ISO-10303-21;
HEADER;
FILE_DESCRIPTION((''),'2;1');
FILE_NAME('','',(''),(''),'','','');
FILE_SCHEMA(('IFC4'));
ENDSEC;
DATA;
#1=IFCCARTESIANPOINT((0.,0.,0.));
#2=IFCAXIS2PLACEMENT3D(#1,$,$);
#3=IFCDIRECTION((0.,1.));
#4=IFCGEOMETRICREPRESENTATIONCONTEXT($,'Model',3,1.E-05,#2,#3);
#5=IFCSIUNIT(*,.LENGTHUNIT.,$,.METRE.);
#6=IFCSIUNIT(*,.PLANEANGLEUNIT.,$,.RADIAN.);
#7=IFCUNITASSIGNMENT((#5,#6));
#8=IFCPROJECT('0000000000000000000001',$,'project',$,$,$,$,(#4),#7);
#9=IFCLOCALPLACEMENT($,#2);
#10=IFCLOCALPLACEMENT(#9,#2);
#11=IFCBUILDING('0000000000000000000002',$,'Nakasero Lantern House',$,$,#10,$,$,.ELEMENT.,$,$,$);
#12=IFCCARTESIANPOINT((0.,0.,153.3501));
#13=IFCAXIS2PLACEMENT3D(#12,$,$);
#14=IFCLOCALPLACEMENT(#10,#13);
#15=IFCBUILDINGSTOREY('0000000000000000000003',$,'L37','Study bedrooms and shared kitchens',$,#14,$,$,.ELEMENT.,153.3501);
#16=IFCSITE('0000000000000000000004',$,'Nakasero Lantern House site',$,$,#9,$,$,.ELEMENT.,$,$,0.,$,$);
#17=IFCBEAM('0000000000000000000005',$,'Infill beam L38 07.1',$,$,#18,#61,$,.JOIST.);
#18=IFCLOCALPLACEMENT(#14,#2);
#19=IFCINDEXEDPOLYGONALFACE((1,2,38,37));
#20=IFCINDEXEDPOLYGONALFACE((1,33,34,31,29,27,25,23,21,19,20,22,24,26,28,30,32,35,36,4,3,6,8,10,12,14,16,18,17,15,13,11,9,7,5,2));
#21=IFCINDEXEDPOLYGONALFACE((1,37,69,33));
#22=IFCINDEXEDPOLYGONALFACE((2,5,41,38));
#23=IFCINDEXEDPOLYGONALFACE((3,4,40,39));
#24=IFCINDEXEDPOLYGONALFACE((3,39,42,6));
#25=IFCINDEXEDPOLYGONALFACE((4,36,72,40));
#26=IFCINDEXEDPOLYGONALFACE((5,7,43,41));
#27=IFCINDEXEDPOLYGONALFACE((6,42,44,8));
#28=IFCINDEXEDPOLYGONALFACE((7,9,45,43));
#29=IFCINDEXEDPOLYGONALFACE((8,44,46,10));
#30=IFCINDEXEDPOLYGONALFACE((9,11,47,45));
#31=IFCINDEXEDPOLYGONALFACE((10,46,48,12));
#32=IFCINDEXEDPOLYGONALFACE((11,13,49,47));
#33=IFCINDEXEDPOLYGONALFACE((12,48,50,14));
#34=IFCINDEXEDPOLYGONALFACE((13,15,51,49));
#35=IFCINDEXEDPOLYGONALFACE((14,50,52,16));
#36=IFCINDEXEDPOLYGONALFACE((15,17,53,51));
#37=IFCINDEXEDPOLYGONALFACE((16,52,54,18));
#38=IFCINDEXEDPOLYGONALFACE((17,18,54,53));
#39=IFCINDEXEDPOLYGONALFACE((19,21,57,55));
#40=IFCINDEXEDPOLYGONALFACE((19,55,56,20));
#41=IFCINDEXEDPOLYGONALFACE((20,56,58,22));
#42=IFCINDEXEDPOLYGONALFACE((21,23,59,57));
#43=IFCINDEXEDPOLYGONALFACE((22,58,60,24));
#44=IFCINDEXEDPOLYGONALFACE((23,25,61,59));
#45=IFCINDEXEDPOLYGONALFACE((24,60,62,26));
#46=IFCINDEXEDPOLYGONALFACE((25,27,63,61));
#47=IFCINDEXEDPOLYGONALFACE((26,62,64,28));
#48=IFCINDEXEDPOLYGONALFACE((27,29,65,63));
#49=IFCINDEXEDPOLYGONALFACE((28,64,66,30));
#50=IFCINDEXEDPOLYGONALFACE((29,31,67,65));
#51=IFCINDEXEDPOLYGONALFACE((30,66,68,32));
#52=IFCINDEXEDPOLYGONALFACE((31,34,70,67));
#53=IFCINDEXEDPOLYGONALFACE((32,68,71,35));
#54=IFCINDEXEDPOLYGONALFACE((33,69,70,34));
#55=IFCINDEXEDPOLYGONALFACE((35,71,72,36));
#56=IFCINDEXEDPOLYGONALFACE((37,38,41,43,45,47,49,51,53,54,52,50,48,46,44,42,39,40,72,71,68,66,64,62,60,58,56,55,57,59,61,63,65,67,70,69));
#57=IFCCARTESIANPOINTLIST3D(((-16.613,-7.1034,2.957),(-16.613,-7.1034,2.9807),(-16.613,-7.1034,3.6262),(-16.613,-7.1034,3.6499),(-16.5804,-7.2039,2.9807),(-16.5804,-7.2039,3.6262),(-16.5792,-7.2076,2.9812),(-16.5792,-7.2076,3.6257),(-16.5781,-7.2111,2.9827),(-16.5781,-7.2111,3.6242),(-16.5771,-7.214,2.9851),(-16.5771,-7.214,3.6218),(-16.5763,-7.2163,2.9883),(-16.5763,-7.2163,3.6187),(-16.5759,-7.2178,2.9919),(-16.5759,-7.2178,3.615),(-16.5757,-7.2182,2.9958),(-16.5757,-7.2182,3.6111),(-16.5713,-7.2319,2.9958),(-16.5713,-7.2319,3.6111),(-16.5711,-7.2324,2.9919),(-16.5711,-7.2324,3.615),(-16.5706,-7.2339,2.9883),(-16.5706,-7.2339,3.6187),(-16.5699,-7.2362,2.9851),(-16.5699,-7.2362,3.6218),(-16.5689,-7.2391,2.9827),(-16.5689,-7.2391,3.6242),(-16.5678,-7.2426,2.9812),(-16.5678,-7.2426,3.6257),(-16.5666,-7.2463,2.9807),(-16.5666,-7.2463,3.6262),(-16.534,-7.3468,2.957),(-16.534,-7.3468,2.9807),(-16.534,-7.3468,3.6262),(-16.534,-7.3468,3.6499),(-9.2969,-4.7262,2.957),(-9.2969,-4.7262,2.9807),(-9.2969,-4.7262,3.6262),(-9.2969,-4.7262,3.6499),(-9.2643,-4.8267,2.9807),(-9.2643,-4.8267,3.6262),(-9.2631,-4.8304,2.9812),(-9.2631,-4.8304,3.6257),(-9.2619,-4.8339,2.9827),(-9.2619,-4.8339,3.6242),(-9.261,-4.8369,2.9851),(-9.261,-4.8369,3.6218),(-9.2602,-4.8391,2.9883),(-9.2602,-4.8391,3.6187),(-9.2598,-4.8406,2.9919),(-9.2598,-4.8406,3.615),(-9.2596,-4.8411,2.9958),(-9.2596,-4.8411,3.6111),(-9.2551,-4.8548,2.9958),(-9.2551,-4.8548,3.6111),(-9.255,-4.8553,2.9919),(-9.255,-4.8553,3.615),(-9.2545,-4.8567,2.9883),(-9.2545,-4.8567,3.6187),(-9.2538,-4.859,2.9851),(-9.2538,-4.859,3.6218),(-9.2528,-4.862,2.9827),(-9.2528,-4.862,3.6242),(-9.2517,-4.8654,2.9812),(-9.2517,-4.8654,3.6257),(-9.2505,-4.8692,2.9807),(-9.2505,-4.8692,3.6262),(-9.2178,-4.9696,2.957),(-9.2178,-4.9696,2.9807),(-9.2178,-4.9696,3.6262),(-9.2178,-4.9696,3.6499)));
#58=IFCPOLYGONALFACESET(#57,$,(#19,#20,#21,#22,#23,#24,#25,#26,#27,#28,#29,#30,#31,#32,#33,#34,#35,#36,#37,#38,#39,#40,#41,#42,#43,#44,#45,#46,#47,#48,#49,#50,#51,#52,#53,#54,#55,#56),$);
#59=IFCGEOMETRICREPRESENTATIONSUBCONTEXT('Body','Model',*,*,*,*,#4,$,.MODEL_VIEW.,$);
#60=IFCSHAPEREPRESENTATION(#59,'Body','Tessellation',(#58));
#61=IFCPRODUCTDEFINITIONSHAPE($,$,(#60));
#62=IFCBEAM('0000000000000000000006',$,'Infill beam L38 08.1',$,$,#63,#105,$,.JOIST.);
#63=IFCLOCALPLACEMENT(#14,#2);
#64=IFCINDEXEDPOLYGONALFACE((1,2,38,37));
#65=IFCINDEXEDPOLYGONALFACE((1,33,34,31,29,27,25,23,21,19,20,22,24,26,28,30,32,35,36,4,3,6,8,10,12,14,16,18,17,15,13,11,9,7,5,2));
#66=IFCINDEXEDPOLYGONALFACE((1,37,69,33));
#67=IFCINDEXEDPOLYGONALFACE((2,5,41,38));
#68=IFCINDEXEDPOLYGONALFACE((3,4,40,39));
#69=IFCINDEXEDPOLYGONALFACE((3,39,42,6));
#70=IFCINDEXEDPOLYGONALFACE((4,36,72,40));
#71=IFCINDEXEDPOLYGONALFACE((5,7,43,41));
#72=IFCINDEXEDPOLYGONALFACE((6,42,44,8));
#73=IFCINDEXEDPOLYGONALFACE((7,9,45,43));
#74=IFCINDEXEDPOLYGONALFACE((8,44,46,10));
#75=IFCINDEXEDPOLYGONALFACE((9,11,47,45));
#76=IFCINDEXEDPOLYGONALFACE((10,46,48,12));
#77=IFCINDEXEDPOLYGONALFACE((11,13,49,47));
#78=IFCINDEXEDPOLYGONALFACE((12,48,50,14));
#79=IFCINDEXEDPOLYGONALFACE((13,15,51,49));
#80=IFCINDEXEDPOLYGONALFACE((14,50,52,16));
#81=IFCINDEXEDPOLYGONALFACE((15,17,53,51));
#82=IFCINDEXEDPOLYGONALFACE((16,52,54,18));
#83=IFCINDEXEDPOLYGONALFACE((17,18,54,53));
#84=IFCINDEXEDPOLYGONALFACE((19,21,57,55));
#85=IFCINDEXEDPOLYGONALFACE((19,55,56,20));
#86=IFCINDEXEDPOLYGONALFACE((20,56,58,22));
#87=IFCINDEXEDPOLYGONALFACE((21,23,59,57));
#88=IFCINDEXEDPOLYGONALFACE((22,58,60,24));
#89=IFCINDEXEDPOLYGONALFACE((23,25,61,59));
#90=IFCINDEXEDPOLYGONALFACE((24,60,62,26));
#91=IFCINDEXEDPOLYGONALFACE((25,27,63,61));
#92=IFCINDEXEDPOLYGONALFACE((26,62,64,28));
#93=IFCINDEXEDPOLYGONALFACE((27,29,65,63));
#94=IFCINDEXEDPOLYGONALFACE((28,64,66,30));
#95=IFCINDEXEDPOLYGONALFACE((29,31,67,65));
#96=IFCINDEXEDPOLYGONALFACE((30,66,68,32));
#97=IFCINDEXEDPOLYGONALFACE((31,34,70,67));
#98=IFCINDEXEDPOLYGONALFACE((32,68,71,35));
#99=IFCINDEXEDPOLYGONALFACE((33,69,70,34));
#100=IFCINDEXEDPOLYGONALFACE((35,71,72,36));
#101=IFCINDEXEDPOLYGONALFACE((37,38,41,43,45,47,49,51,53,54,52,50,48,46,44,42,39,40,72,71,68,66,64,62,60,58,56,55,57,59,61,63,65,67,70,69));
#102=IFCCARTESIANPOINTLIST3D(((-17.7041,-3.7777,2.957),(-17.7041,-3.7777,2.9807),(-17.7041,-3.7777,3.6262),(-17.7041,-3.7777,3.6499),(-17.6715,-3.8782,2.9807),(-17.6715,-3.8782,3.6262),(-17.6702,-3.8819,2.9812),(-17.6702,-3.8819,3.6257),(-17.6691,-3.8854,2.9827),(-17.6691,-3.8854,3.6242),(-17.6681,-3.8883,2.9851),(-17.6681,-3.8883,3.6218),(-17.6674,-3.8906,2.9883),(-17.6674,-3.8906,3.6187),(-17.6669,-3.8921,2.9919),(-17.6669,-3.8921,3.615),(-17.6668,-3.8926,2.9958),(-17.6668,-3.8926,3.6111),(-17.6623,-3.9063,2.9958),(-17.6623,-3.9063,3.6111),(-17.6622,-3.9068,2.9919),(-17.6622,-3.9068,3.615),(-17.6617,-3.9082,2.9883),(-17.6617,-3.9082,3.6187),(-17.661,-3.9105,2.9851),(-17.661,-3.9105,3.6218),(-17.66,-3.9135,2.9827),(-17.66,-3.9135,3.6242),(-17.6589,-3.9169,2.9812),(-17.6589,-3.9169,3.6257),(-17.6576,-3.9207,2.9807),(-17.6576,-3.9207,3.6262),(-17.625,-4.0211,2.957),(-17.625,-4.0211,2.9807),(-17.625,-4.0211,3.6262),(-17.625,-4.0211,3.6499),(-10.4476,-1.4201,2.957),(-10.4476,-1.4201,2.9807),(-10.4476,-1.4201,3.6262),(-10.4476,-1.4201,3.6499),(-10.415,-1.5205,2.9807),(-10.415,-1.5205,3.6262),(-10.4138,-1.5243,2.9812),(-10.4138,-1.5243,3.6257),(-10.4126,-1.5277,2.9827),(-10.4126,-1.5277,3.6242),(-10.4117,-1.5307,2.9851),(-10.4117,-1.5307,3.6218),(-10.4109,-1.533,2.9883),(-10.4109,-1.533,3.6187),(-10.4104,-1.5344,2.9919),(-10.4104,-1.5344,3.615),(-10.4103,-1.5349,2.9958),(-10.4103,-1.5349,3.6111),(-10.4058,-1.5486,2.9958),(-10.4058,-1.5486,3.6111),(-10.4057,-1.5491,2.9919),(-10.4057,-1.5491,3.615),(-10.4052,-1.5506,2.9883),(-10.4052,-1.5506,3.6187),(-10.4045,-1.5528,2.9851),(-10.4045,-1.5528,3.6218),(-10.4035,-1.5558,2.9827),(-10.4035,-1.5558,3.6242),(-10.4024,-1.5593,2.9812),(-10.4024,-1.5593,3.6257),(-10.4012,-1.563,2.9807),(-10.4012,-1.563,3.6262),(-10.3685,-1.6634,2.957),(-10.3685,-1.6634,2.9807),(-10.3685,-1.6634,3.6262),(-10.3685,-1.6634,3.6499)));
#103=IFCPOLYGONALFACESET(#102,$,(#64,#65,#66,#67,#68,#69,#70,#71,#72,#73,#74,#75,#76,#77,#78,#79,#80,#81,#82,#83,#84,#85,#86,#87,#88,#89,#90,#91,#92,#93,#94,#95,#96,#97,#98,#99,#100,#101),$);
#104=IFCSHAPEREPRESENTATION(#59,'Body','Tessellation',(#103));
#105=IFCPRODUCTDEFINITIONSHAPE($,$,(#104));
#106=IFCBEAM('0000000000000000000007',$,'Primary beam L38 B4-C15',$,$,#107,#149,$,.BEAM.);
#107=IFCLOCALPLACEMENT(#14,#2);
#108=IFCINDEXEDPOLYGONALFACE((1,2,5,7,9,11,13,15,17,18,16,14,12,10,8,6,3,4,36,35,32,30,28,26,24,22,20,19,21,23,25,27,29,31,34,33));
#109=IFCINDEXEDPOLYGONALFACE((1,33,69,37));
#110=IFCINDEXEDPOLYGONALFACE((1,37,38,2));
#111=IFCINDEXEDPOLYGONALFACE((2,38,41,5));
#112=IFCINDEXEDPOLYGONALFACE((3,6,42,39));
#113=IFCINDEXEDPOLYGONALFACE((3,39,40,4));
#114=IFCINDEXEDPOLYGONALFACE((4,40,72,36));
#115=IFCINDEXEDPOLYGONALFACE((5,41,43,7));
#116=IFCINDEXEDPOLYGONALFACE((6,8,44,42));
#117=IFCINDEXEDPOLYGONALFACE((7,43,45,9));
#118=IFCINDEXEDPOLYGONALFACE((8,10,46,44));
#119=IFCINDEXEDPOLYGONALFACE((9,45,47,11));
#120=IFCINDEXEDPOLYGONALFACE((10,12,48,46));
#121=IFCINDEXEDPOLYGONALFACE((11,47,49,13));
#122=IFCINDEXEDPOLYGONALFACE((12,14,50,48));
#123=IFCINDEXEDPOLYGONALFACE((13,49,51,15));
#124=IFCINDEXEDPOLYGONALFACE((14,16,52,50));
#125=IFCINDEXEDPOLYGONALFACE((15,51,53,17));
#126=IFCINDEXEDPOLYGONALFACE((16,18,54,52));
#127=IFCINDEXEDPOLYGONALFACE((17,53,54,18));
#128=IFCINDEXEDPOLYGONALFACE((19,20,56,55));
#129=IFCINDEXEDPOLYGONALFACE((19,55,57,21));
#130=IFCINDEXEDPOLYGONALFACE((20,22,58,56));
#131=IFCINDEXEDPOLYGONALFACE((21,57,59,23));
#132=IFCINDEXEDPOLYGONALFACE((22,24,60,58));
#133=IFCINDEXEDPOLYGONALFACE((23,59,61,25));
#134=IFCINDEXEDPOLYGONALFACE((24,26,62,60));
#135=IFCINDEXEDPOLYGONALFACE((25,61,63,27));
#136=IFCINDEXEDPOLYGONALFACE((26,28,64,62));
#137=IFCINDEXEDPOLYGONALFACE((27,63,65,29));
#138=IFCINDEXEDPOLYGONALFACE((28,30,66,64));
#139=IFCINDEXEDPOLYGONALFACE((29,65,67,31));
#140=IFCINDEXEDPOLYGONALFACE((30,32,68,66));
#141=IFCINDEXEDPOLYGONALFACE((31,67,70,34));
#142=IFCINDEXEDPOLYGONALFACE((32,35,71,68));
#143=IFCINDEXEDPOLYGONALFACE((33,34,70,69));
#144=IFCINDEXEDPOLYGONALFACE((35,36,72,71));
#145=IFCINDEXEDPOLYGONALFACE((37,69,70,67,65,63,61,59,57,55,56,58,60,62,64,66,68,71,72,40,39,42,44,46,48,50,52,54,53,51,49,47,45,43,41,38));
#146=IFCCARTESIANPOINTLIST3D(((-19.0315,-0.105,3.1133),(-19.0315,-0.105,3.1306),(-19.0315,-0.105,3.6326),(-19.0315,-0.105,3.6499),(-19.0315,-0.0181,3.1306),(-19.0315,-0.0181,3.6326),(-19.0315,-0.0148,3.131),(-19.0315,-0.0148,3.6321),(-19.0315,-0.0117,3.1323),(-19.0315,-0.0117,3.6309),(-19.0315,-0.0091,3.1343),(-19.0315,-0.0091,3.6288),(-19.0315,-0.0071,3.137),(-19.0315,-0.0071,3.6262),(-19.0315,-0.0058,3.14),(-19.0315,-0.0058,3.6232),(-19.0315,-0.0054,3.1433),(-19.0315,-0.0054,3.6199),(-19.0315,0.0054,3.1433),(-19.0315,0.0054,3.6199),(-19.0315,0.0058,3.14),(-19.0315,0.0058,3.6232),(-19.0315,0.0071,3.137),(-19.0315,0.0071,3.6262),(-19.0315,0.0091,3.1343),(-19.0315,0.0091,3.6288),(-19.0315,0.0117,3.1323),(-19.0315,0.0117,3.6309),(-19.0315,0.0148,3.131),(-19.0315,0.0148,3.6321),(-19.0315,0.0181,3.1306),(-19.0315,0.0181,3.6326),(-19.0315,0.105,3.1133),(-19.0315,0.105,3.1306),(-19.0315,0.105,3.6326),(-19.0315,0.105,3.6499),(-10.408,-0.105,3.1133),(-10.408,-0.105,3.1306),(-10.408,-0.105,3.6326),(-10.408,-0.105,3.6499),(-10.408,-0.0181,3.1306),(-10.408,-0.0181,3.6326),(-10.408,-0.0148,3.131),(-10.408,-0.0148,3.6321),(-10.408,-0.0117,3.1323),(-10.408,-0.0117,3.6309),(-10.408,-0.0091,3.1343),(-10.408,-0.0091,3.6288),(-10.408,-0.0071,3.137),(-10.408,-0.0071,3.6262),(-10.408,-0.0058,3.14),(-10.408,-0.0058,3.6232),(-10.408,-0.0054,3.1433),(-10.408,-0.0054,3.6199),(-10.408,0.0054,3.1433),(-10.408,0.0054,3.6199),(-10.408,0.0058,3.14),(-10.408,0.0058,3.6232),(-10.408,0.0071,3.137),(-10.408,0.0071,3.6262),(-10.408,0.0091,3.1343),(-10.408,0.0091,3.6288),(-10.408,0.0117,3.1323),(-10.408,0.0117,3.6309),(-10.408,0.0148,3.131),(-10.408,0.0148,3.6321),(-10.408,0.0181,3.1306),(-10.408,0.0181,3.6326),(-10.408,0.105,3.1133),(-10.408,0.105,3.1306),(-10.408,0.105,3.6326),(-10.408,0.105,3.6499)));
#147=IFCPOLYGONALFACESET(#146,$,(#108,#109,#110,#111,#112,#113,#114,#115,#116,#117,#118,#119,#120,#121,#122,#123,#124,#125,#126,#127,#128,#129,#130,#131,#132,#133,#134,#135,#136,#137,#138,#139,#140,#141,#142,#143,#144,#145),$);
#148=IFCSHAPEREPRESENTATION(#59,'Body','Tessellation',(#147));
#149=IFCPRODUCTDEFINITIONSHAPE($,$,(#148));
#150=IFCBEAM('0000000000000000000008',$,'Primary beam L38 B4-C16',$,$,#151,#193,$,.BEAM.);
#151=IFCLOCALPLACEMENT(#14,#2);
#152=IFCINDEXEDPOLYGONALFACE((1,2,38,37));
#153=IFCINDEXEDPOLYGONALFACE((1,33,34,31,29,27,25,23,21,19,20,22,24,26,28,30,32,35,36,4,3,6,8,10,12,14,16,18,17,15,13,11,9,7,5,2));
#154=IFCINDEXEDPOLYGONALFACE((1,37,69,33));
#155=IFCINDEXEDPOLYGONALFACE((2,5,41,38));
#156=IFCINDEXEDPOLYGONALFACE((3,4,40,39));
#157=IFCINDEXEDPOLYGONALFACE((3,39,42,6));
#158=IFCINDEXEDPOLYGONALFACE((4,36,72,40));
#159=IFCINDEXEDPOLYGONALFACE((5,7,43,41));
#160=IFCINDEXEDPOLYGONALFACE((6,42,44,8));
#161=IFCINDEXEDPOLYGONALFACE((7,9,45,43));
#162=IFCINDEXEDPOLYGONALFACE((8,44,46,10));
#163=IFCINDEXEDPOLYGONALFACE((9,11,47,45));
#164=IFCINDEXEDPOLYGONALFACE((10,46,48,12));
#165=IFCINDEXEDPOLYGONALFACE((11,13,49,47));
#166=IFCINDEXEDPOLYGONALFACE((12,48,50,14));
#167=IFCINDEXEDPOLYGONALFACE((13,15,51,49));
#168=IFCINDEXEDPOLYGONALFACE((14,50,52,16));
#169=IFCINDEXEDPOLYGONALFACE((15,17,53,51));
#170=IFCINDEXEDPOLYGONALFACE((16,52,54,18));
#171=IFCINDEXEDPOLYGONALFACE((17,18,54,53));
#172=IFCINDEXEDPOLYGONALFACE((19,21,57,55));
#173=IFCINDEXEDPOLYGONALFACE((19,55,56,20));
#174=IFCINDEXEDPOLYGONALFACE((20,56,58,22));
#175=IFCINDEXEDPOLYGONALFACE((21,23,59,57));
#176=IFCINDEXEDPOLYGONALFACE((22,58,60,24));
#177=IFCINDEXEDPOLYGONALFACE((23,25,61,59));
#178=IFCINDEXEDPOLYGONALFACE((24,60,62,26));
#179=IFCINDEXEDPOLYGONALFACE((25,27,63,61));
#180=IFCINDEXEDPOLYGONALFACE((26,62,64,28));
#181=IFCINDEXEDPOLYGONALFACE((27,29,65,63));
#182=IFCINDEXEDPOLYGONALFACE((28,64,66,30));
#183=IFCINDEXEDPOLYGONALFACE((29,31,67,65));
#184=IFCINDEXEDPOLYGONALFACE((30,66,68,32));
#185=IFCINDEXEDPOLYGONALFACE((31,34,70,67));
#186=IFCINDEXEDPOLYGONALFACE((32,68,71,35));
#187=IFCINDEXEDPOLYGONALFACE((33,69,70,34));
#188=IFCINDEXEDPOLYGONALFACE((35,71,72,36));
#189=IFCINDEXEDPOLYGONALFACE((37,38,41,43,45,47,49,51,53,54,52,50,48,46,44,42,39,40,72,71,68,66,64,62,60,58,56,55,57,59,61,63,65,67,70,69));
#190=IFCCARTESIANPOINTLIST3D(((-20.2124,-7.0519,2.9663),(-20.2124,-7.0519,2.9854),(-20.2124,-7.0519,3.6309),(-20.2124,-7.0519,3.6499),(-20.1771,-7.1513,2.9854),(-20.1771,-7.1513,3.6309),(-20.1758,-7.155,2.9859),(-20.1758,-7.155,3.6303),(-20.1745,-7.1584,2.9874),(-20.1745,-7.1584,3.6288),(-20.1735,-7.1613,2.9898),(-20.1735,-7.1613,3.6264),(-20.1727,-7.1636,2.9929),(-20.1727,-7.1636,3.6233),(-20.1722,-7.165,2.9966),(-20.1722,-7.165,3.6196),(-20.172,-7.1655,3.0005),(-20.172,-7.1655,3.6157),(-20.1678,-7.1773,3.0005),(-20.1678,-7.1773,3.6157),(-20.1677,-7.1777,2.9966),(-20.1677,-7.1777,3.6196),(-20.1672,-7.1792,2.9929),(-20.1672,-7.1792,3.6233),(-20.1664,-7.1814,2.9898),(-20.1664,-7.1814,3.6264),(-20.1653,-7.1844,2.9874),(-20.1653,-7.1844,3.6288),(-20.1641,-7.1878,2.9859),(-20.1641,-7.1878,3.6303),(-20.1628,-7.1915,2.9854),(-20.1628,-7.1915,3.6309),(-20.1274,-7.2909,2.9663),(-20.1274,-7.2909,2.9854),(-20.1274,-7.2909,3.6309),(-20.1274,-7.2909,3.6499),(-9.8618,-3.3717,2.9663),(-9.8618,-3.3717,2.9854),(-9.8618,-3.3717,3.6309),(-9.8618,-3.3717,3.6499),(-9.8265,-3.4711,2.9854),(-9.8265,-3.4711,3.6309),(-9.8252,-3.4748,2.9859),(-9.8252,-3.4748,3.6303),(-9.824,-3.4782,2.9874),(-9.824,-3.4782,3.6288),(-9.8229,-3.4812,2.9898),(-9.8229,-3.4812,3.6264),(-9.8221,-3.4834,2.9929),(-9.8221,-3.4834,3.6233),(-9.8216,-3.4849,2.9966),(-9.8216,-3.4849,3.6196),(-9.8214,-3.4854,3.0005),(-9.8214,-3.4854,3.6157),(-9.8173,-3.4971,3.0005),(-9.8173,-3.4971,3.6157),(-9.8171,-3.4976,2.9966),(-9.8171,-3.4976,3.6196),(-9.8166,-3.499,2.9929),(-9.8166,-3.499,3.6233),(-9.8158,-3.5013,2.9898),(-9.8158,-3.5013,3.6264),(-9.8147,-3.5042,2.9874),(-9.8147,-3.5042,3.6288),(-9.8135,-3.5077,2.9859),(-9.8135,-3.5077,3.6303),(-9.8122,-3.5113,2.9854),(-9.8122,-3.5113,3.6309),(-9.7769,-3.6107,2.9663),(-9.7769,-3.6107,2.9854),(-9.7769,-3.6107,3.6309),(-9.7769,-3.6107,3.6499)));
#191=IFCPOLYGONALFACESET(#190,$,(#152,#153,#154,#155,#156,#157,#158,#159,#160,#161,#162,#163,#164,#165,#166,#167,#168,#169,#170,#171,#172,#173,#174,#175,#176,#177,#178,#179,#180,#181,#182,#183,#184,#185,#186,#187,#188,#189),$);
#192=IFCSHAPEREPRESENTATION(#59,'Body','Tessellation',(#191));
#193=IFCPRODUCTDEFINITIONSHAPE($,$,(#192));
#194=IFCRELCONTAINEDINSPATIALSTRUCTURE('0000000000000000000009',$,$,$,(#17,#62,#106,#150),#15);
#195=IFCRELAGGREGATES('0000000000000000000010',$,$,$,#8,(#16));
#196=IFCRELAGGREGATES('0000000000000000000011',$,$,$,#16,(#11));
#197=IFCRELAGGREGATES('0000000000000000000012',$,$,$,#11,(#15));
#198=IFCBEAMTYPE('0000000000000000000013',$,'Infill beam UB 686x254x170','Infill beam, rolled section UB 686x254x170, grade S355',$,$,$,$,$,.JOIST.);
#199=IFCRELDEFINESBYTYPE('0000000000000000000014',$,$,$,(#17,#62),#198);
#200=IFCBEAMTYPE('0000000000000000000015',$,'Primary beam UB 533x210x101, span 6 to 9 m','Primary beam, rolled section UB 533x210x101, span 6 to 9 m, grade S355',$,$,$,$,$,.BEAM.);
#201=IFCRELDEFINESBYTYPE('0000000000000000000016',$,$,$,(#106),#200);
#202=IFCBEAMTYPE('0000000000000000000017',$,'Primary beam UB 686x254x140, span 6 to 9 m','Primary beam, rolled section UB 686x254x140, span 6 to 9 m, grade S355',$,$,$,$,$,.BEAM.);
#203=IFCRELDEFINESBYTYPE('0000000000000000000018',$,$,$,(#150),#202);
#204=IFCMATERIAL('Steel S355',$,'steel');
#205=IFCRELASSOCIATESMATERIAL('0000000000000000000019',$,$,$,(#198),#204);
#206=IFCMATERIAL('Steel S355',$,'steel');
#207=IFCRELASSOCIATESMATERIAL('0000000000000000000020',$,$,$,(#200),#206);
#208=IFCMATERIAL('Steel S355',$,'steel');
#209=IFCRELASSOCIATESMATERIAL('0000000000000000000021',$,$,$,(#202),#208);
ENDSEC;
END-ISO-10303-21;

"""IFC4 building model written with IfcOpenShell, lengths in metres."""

from ifc_helpers import new_model, si_unit, direction, frame, origin, origin_2d, place, context, subcontext, project, spatial, i_section, extrude, material, material_profile, profile_set, type_object, element, save


model = new_model("IFC4")

# Units and contexts
model_context = context("Model", 3, precision=1e-05, world=origin(), true_north=direction((0.0, 1.0)))
body_context = subcontext(model_context, "Body", "Model", "MODEL_VIEW")
ifc_project = project(units=[si_unit("LENGTHUNIT", "METRE"), si_unit("PLANEANGLEUNIT", "RADIAN")], contexts=[model_context])

# Site, building, storey
site_placement = place(None, origin())
site = spatial("IfcSite", under=ifc_project, at=site_placement, Name="Nakasero Lantern House site", CompositionType="ELEMENT", RefElevation=0.0)
building_placement = place(site_placement, origin())
building = spatial("IfcBuilding", under=site, at=building_placement, Name="Nakasero Lantern House", CompositionType="ELEMENT")
storey_placement = place(building_placement, frame((0.0, 0.0, 153.3501)))
storey = spatial("IfcBuildingStorey", under=building, at=storey_placement, Name="L37", Description="Study bedrooms and shared kitchens", CompositionType="ELEMENT", Elevation=153.3501)

# Beams
ifc_material_1 = material(Name="Steel S355", Category="steel")
ifc_material_profile_1 = material_profile(ifc_material_1, i_section(OverallWidth=0.2559, OverallDepth=0.6929, WebThickness=0.0144, FlangeThickness=0.0237, FilletRadius=0.0151, at=origin_2d()), Name="UB 686x254x170")
ifc_profile_set_1 = profile_set([ifc_material_profile_1], Name="Steel S355")
beam_type_1 = type_object("IfcBeamType", Name="Infill beam UB 686x254x170", Description="Infill beam, rolled section UB 686x254x170, grade S355", PredefinedType="JOIST", material=ifc_profile_set_1)
beam_1_placement = place(storey_placement, frame((-16.5735, -7.2251, 3.3035), z_axis=(0.951055, 0.309021, 0.0), x_axis=(-0.309021, 0.951055, 0.0)))
element("IfcBeam", 1, at=beam_1_placement, inside=storey, type_object=beam_type_1, Name="Infill beam L38 07.1", PredefinedType="JOIST", context=body_context, shape_type="SweptSolid", body=[
    extrude(i_section(OverallWidth=0.2559, OverallDepth=0.6929, WebThickness=0.0144, FlangeThickness=0.0237, FilletRadius=0.0151, at=origin_2d()), origin(), (0.0, 0.0, 1.0), 7.6926),
])
beam_2_placement = place(storey_placement, frame((-17.6646, -3.8994, 3.3035), z_axis=(0.951062, 0.309, 0.0), x_axis=(-0.309, 0.951062, 0.0)))
element("IfcBeam", 2, at=beam_2_placement, inside=storey, type_object=beam_type_1, Name="Infill beam L38 08.1", PredefinedType="JOIST", context=body_context, shape_type="SweptSolid", body=[
    extrude(i_section(OverallWidth=0.2559, OverallDepth=0.6929, WebThickness=0.0144, FlangeThickness=0.0237, FilletRadius=0.0151, at=origin_2d()), origin(), (0.0, 0.0, 1.0), 7.6299),
])
ifc_material_2 = material(Name="Steel S355", Category="steel")
ifc_material_profile_2 = material_profile(ifc_material_2, i_section(OverallWidth=0.21, OverallDepth=0.5366, WebThickness=0.0107, FlangeThickness=0.0173, FilletRadius=0.0127, at=origin_2d()), Name="UB 533x210x101")
ifc_profile_set_2 = profile_set([ifc_material_profile_2], Name="Steel S355")
beam_type_2 = type_object("IfcBeamType", Name="Primary beam UB 533x210x101, span 6 to 9 m", Description="Primary beam, rolled section UB 533x210x101, span 6 to 9 m, grade S355", PredefinedType="BEAM", material=ifc_profile_set_2)
beam_3_placement = place(storey_placement, frame((-19.0315, 0.0, 3.3816), z_axis=(1.0, 0.0, 0.0), x_axis=(0.0, 1.0, 0.0)))
element("IfcBeam", 3, at=beam_3_placement, inside=storey, type_object=beam_type_2, Name="Primary beam L38 B4-C15", PredefinedType="BEAM", context=body_context, shape_type="SweptSolid", body=[
    extrude(i_section(OverallWidth=0.21, OverallDepth=0.5366, WebThickness=0.0107, FlangeThickness=0.0173, FilletRadius=0.0127, at=origin_2d()), origin(), (0.0, 0.0, 1.0), 8.6235),
])
ifc_material_3 = material(Name="Steel S355", Category="steel")
ifc_material_profile_3 = material_profile(ifc_material_3, i_section(OverallWidth=0.2537, OverallDepth=0.6836, WebThickness=0.0125, FlangeThickness=0.019, FilletRadius=0.0151, at=origin_2d()), Name="UB 686x254x140")
ifc_profile_set_3 = profile_set([ifc_material_profile_3], Name="Steel S355")
beam_type_3 = type_object("IfcBeamType", Name="Primary beam UB 686x254x140, span 6 to 9 m", Description="Primary beam, rolled section UB 686x254x140, span 6 to 9 m, grade S355", PredefinedType="BEAM", material=ifc_profile_set_3)
beam_4_placement = place(storey_placement, frame((-20.1699, -7.1714, 3.3081), z_axis=(0.942216, 0.335007, 0.0), x_axis=(-0.335007, 0.942216, 0.0)))
element("IfcBeam", 4, at=beam_4_placement, inside=storey, type_object=beam_type_3, Name="Primary beam L38 B4-C16", PredefinedType="BEAM", context=body_context, shape_type="SweptSolid", body=[
    extrude(i_section(OverallWidth=0.2537, OverallDepth=0.6836, WebThickness=0.0125, FlangeThickness=0.019, FilletRadius=0.0151, at=origin_2d()), origin(), (0.0, 0.0, 1.0), 10.9854),
])

save(model, "model.ifc")
